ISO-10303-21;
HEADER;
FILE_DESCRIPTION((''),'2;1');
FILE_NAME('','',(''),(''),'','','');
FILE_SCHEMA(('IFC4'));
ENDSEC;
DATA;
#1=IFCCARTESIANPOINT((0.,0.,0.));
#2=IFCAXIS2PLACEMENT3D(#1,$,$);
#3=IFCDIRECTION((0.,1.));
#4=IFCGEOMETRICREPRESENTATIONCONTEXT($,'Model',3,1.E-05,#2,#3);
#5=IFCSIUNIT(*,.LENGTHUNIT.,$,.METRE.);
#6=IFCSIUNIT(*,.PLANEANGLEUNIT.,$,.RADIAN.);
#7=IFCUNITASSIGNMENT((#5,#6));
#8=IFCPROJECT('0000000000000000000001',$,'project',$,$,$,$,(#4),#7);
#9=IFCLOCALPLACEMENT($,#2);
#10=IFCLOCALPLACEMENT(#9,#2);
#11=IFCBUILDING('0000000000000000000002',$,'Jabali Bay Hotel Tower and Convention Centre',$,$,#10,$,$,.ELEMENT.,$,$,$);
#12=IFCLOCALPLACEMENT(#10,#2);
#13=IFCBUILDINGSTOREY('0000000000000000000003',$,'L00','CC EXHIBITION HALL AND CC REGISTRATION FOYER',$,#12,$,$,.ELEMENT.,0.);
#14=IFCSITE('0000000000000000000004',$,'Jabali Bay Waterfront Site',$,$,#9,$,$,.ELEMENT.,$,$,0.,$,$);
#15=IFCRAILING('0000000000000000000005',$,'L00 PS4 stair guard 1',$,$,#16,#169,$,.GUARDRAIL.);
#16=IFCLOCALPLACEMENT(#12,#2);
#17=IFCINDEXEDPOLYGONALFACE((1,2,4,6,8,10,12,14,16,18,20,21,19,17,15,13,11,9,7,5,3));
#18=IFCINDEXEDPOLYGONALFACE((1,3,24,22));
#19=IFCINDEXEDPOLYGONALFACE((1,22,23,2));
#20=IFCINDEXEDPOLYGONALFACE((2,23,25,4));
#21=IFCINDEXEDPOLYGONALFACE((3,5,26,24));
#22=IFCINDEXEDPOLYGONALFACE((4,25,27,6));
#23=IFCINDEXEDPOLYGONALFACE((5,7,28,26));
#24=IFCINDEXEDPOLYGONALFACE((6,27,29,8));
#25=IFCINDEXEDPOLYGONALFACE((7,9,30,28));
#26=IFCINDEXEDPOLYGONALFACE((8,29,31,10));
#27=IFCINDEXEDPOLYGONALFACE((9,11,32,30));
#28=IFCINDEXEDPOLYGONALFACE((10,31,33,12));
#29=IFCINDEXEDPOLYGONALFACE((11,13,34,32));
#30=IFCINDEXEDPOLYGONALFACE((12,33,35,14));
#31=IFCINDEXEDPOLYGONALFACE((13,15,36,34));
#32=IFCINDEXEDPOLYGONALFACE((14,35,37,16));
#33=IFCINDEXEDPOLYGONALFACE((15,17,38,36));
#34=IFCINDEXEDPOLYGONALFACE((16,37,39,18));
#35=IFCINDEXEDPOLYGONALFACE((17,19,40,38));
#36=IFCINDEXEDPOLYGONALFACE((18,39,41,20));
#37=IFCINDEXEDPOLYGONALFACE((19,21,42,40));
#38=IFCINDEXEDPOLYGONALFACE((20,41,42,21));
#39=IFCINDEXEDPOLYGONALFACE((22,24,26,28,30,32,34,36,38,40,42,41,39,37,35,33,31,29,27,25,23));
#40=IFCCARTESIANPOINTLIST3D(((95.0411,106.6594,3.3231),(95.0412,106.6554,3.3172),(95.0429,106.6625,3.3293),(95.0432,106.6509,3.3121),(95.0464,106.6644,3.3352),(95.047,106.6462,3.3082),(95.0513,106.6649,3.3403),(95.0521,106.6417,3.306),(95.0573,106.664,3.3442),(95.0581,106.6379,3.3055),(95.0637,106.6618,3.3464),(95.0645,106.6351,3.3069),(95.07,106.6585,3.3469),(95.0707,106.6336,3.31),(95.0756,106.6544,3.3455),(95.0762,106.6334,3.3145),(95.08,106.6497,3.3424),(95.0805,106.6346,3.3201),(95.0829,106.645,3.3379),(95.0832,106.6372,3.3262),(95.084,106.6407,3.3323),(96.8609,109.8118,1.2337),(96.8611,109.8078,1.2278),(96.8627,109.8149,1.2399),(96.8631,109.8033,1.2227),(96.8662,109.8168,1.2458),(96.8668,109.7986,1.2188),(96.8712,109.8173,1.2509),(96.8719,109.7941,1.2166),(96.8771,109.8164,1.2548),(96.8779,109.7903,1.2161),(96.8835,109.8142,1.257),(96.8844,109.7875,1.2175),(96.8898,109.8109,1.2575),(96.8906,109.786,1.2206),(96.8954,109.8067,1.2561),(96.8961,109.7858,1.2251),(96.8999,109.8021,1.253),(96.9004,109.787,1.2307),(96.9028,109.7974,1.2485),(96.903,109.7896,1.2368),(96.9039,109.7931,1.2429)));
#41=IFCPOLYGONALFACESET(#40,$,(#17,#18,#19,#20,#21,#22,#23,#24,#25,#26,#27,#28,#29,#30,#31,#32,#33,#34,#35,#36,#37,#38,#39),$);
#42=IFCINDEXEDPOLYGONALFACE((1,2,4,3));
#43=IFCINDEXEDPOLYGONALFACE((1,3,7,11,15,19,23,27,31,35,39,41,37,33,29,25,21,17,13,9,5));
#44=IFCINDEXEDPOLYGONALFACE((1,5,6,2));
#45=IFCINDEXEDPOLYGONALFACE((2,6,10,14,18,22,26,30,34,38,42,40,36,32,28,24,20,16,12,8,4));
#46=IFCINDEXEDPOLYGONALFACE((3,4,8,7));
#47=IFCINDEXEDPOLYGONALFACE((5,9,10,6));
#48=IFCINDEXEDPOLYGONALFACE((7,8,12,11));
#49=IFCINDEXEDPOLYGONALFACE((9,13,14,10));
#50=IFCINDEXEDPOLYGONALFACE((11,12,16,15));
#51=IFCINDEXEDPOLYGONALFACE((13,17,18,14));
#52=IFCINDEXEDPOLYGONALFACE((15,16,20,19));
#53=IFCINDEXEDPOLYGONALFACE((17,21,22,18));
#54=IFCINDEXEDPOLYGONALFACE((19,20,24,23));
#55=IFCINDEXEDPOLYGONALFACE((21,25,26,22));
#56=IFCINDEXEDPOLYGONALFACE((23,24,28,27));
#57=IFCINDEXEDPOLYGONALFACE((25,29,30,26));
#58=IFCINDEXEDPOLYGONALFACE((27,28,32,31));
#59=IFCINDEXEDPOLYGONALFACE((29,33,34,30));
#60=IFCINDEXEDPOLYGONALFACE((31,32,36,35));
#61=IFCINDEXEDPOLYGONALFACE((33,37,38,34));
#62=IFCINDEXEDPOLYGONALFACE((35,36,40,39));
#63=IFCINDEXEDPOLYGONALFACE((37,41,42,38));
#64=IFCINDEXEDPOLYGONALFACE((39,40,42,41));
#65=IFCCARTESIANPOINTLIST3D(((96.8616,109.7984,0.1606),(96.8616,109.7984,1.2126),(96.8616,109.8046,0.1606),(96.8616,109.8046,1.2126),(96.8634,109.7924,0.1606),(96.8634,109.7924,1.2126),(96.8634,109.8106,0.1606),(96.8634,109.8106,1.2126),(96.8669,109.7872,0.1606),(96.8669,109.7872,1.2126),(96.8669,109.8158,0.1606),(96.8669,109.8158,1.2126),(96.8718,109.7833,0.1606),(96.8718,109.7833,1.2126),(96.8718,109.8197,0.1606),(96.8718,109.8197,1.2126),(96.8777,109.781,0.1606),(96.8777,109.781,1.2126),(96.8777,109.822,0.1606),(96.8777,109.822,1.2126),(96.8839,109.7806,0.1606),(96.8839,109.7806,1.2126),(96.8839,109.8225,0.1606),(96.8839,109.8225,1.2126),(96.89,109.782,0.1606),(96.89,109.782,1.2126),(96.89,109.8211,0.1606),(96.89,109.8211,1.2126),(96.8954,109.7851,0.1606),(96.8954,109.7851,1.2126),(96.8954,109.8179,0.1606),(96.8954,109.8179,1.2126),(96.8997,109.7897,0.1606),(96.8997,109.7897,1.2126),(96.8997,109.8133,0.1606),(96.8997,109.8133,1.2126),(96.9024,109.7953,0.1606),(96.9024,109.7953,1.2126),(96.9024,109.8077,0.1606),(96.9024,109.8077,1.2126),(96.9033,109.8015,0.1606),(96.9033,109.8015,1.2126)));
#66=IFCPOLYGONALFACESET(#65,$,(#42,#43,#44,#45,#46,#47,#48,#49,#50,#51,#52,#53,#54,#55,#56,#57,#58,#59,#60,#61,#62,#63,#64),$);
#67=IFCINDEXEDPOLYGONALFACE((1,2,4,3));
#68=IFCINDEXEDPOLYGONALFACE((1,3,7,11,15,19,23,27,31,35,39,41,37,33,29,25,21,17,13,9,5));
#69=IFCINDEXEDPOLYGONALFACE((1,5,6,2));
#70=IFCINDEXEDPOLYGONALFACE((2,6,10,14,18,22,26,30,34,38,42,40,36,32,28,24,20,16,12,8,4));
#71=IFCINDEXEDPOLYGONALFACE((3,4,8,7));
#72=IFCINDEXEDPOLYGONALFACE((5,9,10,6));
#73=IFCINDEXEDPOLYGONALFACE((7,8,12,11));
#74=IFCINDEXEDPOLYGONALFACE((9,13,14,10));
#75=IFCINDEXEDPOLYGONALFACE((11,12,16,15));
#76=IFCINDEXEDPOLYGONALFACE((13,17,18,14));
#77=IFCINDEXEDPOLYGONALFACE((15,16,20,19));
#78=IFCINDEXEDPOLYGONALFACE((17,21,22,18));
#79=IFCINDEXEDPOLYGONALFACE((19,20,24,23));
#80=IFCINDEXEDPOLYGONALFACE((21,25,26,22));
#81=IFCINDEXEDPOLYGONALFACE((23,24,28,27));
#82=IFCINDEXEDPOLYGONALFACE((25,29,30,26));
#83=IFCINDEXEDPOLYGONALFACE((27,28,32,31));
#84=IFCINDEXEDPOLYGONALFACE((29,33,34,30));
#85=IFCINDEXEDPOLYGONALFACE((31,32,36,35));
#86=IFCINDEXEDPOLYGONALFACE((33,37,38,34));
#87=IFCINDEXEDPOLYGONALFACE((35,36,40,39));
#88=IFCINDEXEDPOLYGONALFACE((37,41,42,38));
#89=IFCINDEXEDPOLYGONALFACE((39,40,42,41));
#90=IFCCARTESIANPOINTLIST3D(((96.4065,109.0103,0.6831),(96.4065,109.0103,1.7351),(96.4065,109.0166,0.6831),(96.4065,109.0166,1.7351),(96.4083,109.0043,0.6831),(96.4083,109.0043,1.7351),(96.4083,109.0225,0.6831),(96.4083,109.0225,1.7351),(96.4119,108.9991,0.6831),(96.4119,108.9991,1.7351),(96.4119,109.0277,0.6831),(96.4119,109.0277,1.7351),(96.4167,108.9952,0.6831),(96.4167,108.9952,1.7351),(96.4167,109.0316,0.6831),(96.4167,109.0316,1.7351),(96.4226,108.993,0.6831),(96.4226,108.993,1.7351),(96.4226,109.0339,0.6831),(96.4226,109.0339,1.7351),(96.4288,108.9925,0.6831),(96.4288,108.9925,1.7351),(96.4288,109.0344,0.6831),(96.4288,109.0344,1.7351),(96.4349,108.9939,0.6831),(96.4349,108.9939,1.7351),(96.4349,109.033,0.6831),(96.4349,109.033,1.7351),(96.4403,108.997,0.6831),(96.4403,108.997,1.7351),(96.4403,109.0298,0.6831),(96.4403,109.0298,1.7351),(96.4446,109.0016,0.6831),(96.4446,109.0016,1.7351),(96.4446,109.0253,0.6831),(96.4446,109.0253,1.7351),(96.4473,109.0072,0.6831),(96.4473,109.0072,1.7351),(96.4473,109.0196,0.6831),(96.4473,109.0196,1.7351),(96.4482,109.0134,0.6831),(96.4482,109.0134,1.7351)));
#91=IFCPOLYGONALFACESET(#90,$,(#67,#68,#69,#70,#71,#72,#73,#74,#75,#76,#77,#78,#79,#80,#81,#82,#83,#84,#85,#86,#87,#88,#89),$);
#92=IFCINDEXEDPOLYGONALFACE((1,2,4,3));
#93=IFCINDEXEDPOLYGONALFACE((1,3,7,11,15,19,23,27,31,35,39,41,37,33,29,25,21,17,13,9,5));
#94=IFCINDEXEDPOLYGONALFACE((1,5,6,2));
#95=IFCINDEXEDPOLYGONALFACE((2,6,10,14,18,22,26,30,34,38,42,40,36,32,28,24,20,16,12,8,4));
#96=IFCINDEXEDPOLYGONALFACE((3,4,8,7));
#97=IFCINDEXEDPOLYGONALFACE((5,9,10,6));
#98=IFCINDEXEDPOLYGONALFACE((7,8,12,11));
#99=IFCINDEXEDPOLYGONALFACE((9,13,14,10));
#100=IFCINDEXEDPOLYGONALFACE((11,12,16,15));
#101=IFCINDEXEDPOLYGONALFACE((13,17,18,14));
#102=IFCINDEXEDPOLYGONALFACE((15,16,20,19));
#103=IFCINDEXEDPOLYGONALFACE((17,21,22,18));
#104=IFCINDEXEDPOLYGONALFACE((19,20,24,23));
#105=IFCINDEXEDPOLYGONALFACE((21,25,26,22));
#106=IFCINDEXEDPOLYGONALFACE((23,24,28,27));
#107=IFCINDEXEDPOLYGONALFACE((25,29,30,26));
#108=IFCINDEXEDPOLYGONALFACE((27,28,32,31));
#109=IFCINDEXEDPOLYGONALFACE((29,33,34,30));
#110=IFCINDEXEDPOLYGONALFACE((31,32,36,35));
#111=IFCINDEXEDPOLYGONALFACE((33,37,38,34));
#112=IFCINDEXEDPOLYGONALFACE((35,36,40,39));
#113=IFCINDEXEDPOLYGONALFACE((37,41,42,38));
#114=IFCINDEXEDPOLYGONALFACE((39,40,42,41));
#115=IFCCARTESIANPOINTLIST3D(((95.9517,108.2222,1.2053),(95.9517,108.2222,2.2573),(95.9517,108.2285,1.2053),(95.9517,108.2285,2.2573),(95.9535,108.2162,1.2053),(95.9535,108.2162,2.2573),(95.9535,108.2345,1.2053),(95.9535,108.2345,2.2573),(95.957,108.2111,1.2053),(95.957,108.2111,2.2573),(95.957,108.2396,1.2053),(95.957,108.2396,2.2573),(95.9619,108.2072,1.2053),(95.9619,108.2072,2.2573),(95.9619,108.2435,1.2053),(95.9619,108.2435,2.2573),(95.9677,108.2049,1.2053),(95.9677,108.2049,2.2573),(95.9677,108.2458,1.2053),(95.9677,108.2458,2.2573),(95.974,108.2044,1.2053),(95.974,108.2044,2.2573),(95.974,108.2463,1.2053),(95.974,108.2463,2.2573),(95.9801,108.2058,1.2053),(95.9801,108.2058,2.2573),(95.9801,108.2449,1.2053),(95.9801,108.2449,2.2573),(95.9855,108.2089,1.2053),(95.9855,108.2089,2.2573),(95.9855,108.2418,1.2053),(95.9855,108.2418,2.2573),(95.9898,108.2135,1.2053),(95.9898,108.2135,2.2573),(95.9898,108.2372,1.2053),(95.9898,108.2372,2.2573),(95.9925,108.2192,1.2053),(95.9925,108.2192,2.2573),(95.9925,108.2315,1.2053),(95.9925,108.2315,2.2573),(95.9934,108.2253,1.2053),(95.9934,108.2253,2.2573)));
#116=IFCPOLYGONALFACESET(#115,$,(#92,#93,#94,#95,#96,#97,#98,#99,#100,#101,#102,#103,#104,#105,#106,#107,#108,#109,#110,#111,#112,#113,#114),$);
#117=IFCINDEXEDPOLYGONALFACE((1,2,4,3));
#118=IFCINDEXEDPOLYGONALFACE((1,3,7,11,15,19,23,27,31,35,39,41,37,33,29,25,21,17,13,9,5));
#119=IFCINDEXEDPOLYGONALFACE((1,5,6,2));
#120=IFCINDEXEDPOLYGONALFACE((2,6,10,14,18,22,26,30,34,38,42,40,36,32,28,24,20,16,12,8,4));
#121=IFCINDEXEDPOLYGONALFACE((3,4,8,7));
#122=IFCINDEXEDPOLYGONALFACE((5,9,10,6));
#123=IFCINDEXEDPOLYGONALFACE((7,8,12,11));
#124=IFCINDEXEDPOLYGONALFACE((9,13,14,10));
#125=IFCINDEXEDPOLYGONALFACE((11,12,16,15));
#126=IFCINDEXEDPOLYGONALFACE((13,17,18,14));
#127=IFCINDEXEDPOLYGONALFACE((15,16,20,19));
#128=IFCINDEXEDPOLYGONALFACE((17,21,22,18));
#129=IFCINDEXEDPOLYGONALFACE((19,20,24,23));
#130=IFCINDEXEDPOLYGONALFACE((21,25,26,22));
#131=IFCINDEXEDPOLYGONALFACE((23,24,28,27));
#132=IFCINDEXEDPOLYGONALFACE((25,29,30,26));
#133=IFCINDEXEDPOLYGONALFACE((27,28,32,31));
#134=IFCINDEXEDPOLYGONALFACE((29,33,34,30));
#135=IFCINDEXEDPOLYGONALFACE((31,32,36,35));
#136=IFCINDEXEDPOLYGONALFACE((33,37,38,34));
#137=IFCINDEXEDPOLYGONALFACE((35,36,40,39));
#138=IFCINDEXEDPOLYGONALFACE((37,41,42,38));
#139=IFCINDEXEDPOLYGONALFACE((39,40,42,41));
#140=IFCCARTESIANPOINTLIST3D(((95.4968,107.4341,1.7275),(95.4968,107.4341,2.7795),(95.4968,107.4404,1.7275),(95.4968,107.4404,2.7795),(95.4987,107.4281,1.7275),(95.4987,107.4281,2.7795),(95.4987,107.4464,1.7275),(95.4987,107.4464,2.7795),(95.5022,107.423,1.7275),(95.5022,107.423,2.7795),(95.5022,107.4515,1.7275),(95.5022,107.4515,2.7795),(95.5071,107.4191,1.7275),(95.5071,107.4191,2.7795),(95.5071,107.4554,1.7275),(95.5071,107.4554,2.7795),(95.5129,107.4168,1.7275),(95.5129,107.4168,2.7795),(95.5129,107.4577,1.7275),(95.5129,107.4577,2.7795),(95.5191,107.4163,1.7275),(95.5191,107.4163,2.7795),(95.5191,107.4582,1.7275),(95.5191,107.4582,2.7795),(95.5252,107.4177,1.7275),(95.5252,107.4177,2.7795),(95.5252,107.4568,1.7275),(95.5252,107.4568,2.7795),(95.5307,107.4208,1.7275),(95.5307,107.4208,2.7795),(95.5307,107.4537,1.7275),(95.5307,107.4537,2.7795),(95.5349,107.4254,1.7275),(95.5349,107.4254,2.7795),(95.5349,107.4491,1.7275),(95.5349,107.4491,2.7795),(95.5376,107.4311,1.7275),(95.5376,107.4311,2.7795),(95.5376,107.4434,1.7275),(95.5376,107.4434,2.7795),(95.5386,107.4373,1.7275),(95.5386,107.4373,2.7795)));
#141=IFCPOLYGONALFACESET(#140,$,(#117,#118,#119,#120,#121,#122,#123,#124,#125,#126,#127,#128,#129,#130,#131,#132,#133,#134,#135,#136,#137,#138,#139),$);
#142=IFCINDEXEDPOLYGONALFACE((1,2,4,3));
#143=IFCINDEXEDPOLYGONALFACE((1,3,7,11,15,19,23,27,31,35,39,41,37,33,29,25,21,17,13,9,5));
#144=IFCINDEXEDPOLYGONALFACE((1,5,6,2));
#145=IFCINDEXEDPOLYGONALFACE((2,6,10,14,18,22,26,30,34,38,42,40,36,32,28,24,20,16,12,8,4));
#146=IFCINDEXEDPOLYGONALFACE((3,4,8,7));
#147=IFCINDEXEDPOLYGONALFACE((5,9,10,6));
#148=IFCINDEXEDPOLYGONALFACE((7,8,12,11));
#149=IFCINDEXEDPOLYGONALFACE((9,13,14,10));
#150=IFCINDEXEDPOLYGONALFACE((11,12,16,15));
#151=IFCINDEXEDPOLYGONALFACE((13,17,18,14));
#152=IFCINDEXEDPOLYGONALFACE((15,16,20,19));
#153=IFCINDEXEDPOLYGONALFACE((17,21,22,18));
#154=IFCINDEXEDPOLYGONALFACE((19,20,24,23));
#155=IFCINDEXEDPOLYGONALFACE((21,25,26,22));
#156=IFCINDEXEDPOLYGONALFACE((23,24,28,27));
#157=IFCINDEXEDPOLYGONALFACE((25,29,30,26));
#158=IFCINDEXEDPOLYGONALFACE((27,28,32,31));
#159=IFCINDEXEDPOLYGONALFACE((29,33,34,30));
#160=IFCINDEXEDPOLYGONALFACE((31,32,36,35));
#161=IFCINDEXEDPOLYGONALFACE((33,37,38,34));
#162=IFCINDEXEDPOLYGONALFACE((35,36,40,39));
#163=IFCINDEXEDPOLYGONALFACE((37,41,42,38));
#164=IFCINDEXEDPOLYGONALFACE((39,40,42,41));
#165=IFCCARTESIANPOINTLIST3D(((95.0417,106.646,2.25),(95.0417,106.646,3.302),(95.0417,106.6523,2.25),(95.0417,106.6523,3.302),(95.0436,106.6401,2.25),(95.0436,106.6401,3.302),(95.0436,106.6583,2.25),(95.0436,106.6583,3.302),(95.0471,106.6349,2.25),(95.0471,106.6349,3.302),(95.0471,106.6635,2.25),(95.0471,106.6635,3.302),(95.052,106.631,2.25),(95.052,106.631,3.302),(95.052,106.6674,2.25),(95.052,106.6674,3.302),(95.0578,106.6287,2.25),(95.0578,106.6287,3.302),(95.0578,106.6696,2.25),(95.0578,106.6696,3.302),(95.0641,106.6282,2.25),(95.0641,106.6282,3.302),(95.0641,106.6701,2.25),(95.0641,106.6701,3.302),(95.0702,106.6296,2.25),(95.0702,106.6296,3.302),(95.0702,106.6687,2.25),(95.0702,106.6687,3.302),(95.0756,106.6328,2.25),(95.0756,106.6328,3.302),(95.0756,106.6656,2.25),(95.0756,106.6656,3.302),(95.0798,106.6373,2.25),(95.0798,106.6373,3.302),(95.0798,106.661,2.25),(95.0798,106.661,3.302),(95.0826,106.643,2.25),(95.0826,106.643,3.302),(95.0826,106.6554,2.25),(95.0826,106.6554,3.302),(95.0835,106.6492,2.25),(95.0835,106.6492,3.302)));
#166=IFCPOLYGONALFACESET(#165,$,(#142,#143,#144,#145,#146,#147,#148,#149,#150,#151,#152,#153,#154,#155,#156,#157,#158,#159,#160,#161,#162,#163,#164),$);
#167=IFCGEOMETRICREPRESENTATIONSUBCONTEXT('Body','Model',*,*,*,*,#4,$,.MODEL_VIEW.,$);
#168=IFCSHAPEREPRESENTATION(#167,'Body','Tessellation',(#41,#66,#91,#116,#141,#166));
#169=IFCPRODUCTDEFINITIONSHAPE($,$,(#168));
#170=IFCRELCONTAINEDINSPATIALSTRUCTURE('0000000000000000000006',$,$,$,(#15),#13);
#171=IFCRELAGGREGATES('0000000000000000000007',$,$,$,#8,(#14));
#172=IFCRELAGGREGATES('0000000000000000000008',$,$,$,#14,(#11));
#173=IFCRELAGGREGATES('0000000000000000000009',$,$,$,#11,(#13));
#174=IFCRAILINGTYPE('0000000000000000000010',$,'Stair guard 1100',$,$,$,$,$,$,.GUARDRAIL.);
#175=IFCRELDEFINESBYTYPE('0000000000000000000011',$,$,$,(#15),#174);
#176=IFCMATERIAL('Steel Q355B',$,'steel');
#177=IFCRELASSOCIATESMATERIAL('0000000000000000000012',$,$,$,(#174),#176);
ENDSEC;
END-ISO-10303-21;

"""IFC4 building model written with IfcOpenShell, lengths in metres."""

from ifc_helpers import new_model, si_unit, direction, frame, origin, origin_2d, place, context, subcontext, project, spatial, circle, extrude, material, type_object, element, save


model = new_model("IFC4")

# Units and contexts
model_context = context("Model", 3, precision=1e-05, world=origin(), true_north=direction((0.0, 1.0)))
body_context = subcontext(model_context, "Body", "Model", "MODEL_VIEW")
ifc_project = project(units=[si_unit("LENGTHUNIT", "METRE"), si_unit("PLANEANGLEUNIT", "RADIAN")], contexts=[model_context])

# Site, building, storey
site_placement = place(None, origin())
site = spatial("IfcSite", under=ifc_project, at=site_placement, Name="Jabali Bay Waterfront Site", CompositionType="ELEMENT", RefElevation=0.0)
building_placement = place(site_placement, origin())
building = spatial("IfcBuilding", under=site, at=building_placement, Name="Jabali Bay Hotel Tower and Convention Centre", CompositionType="ELEMENT")
storey_placement = place(building_placement, origin())
storey = spatial("IfcBuildingStorey", under=building, at=storey_placement, Name="L00", Description="CC EXHIBITION HALL AND CC REGISTRATION FOYER", CompositionType="ELEMENT", Elevation=0.0)

# Railing
ifc_material_1 = material(Name="Steel Q355B", Category="steel")
railing_type_1 = type_object("IfcRailingType", Name="Stair guard 1100", PredefinedType="GUARDRAIL", material=ifc_material_1)
railing_1_placement = place(storey_placement, frame((96.8823, 109.8015, 0.1606)))
element("IfcRailing", 1, at=railing_1_placement, inside=storey, type_object=railing_type_1, Name="L00 PS4 stair guard 1", PredefinedType="GUARDRAIL", context=body_context, shape_type="SweptSolid", body=[
    extrude(circle(Radius=0.0239, at=origin_2d()), frame((0.0, 0.0, 1.0762), z_axis=(-0.433606, -0.751102, 0.497826), x_axis=(0.866047, -0.499962, 0.0)), (0.0, 0.0, 1.0), 4.197),
    extrude(circle(Radius=0.021, at=origin_2d()), origin(), (0.0, 0.0, 1.0), 1.052),
    extrude(circle(Radius=0.021, at=origin_2d()), frame((-0.4551, -0.7881, 0.5225)), (0.0, 0.0, 1.0), 1.052),
    extrude(circle(Radius=0.021, at=origin_2d()), frame((-0.9099, -1.5762, 1.0447)), (0.0, 0.0, 1.0), 1.052),
    extrude(circle(Radius=0.021, at=origin_2d()), frame((-1.3647, -2.3643, 1.5669)), (0.0, 0.0, 1.0), 1.052),
    extrude(circle(Radius=0.021, at=origin_2d()), frame((-1.8198, -3.1523, 2.0894)), (0.0, 0.0, 1.0), 1.052),
])

save(model, "model.ifc")
